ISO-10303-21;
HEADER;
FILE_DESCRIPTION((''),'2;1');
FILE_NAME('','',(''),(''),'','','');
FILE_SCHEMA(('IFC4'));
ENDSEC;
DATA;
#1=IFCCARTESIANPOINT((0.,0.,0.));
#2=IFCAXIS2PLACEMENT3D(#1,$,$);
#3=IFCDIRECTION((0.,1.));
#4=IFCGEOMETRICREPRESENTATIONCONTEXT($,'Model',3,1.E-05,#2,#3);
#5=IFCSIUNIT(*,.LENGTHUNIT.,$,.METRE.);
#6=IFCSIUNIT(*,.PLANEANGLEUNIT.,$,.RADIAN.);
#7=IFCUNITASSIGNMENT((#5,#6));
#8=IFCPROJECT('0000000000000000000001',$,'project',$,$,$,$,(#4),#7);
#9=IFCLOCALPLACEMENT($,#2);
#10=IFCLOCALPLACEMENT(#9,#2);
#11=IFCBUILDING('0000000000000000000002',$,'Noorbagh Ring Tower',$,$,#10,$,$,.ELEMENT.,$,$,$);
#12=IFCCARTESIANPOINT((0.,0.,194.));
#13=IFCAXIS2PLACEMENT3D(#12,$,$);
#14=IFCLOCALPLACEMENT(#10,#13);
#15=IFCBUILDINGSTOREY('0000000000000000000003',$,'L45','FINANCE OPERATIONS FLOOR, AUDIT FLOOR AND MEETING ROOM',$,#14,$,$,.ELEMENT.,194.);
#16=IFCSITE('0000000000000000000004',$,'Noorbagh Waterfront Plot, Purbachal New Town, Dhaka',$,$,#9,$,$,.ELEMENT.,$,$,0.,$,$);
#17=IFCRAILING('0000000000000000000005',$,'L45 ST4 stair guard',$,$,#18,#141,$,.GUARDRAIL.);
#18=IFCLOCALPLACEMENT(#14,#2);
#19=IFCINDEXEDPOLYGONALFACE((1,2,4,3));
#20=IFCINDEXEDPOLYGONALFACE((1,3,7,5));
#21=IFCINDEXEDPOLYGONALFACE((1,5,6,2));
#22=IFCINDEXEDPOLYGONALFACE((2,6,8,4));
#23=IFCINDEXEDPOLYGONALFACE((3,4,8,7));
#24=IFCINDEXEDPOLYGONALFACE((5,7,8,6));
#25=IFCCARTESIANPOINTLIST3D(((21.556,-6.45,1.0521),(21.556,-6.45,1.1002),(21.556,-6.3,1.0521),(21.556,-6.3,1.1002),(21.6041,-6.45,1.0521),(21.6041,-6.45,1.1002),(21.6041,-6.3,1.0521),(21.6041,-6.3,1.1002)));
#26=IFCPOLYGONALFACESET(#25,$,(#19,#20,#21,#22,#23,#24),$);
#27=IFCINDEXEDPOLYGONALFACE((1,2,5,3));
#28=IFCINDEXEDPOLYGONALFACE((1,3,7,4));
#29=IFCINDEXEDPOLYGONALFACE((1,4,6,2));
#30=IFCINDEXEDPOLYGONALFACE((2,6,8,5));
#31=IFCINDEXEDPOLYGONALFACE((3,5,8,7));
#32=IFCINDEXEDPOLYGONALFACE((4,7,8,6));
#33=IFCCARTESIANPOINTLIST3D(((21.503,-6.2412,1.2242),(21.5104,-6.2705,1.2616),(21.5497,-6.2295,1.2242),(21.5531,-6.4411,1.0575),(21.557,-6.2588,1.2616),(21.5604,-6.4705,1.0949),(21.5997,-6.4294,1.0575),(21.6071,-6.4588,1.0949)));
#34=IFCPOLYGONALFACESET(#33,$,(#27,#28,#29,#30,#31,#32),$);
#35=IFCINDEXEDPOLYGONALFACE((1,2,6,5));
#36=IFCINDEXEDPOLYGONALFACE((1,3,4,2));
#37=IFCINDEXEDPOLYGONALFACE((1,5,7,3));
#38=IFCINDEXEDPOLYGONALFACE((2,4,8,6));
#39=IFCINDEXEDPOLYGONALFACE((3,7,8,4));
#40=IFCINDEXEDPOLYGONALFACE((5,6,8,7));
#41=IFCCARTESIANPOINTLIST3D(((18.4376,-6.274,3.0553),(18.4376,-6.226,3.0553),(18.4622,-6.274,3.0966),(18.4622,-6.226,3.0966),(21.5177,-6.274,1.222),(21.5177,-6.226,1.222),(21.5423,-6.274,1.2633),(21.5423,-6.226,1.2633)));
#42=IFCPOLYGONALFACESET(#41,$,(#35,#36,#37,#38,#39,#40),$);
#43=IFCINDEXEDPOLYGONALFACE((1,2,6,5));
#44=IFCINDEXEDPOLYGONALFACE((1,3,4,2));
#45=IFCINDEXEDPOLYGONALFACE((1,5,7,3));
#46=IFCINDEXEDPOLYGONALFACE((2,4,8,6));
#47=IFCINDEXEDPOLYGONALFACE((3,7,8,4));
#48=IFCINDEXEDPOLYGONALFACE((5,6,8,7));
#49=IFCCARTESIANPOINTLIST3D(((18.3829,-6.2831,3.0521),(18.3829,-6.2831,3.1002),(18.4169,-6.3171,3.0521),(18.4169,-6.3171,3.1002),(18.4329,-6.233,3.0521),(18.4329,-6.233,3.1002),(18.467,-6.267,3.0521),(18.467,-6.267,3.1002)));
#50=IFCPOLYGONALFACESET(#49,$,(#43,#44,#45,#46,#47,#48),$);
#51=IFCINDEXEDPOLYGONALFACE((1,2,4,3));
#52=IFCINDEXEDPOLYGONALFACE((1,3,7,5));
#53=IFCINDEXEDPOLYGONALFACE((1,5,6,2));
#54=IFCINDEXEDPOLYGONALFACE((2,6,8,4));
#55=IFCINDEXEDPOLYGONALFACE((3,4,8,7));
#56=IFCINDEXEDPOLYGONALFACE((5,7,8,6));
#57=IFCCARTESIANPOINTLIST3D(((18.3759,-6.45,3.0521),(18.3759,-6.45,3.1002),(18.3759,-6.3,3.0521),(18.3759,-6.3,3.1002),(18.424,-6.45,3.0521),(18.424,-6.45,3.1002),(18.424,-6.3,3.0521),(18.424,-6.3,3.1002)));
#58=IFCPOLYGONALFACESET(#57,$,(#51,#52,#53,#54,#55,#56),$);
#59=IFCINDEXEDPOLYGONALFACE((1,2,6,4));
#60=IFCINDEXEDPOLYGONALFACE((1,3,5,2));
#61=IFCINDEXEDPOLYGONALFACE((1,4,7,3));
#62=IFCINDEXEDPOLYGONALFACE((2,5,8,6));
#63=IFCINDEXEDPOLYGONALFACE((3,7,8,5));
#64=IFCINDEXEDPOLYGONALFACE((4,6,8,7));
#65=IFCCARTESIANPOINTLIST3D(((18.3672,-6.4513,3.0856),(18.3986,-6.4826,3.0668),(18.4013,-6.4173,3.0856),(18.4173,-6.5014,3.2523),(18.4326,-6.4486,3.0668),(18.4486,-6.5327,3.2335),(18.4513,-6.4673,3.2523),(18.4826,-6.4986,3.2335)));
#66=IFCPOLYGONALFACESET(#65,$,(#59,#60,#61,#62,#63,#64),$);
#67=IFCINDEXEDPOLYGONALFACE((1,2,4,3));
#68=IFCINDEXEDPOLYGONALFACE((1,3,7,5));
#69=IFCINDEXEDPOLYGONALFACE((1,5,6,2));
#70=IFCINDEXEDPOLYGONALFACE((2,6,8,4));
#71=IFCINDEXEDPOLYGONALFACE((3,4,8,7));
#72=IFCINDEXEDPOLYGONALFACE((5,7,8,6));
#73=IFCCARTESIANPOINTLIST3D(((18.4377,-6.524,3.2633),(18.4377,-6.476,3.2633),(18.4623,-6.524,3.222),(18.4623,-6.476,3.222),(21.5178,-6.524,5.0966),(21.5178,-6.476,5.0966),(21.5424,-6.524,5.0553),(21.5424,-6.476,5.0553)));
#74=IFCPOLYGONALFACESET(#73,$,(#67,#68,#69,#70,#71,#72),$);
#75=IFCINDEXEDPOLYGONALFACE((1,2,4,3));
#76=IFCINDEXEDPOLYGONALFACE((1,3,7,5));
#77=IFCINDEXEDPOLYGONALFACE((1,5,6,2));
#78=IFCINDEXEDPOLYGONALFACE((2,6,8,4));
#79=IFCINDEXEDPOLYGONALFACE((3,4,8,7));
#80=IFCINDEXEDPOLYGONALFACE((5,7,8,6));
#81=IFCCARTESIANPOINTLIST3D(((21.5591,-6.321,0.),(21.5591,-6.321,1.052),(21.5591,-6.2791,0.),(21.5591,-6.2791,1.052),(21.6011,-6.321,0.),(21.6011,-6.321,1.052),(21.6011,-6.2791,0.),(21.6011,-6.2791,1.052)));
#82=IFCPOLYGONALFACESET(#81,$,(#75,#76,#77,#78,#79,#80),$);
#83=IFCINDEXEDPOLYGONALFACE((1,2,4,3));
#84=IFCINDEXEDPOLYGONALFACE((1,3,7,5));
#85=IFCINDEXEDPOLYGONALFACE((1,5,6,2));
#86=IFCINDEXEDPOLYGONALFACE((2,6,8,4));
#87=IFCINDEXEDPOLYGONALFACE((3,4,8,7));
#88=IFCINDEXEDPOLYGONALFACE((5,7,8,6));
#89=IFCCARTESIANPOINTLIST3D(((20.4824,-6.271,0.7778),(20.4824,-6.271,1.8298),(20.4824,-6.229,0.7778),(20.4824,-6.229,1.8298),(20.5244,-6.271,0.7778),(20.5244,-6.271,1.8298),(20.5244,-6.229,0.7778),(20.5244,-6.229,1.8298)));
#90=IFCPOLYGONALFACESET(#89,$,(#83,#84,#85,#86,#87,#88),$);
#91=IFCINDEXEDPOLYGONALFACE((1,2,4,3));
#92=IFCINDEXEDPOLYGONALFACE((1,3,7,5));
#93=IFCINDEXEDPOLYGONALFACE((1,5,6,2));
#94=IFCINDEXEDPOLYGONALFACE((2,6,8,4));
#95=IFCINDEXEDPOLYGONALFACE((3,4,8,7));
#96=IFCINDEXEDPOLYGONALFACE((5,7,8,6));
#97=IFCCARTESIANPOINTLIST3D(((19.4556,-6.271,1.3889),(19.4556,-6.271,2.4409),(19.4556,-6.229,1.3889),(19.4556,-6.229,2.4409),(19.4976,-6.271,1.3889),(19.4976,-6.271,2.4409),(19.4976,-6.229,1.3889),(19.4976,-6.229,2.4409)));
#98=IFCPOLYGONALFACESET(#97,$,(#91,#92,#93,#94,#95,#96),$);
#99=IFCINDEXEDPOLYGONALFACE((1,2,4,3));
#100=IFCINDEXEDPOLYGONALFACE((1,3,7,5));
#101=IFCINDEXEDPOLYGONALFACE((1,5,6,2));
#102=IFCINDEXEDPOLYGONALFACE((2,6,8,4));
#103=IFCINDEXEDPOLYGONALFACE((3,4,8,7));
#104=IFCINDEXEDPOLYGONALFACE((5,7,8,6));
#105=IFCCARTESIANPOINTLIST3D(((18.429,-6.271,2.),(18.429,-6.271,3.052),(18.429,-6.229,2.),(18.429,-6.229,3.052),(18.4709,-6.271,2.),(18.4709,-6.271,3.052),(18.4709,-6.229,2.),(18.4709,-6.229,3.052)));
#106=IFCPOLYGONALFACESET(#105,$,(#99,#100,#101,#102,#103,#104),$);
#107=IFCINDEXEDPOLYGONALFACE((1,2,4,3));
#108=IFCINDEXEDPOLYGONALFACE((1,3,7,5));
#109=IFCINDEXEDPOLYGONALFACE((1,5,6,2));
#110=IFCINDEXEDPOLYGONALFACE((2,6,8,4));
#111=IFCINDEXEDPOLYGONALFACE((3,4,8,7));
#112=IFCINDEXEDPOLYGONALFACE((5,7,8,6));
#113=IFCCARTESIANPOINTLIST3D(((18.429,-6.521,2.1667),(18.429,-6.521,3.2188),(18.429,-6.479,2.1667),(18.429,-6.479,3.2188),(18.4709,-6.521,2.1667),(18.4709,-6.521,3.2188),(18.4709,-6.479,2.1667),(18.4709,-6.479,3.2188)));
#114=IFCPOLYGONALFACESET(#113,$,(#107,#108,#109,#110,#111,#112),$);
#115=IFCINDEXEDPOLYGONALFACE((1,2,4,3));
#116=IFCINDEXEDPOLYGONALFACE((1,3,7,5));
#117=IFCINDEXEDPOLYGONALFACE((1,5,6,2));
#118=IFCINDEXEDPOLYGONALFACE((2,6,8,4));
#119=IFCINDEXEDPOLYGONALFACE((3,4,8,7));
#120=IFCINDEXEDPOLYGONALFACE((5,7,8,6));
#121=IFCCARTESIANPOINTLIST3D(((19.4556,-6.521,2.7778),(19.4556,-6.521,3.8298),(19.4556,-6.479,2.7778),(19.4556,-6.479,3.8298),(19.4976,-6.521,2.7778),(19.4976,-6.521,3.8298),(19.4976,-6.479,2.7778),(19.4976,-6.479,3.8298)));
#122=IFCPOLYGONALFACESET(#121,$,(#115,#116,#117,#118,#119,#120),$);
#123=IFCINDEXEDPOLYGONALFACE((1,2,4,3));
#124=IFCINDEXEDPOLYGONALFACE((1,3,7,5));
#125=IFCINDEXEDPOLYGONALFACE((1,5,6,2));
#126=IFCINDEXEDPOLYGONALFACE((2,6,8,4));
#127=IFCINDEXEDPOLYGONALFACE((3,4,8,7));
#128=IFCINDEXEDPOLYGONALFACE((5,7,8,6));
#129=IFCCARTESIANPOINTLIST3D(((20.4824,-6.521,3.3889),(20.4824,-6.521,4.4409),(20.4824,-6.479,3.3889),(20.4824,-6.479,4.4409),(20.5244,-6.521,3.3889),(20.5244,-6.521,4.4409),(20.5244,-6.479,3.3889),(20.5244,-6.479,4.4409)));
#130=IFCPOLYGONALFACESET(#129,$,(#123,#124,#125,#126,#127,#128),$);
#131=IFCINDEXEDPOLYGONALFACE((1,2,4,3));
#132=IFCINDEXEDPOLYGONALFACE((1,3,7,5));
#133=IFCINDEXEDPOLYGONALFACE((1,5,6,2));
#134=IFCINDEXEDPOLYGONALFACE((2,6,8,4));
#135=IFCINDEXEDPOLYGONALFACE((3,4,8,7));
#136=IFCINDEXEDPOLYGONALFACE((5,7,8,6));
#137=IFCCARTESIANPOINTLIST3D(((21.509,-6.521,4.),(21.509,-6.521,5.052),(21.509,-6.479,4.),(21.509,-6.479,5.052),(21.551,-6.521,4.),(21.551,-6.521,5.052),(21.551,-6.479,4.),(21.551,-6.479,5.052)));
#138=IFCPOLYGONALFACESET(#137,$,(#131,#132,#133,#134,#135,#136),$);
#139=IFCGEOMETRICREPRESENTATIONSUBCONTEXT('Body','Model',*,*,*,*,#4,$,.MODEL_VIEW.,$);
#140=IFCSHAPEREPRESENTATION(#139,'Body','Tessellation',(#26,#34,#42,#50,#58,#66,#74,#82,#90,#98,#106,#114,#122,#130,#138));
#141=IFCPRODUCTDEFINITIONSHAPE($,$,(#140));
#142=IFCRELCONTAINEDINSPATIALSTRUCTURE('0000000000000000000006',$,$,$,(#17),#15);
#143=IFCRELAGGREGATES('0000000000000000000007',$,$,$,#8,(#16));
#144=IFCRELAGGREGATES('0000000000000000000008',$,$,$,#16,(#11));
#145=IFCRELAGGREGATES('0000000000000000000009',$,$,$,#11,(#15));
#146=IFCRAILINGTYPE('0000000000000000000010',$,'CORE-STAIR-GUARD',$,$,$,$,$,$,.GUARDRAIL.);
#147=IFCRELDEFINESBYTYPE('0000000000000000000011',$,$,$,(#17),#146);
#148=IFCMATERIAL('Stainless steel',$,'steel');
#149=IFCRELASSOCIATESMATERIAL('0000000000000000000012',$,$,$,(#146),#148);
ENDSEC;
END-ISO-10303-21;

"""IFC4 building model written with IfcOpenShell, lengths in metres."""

from ifc_helpers import new_model, si_unit, direction, frame, origin, origin_2d, place, context, subcontext, project, spatial, rectangle, extrude, material, type_object, element, save


model = new_model("IFC4")

# Units and contexts
model_context = context("Model", 3, precision=1e-05, world=origin(), true_north=direction((0.0, 1.0)))
body_context = subcontext(model_context, "Body", "Model", "MODEL_VIEW")
ifc_project = project(units=[si_unit("LENGTHUNIT", "METRE"), si_unit("PLANEANGLEUNIT", "RADIAN")], contexts=[model_context])

# Site, building, storey
site_placement = place(None, origin())
site = spatial("IfcSite", under=ifc_project, at=site_placement, Name="Noorbagh Waterfront Plot, Purbachal New Town, Dhaka", CompositionType="ELEMENT", RefElevation=0.0)
building_placement = place(site_placement, origin())
building = spatial("IfcBuilding", under=site, at=building_placement, Name="Noorbagh Ring Tower", CompositionType="ELEMENT")
storey_placement = place(building_placement, frame((0.0, 0.0, 194.0)))
storey = spatial("IfcBuildingStorey", under=building, at=storey_placement, Name="L45", Description="FINANCE OPERATIONS FLOOR, AUDIT FLOOR AND MEETING ROOM", CompositionType="ELEMENT", Elevation=194.0)

# Railing
ifc_material_1 = material(Name="Stainless steel", Category="steel")
railing_type_1 = type_object("IfcRailingType", Name="CORE-STAIR-GUARD", PredefinedType="GUARDRAIL", material=ifc_material_1)
railing_1_placement = place(storey_placement, frame((21.5801, -6.3, 0.0)))
element("IfcRailing", 1, at=railing_1_placement, inside=storey, type_object=railing_type_1, Name="L45 ST4 stair guard", PredefinedType="GUARDRAIL", context=body_context, shape_type="SweptSolid", body=[
    extrude(rectangle(XDim=0.0481, YDim=0.0481, at=origin_2d()), frame((0.0, 0.0, 1.0762), z_axis=(0.0, -1.0, 0.0), x_axis=(1.0, 0.0, 0.0)), (0.0, 0.0, 1.0), 0.1499),
    extrude(rectangle(XDim=0.0481, YDim=0.0481, at=origin_2d()), frame((0.0, -0.1499, 1.0762), z_axis=(-0.188776, 0.754182, 0.628946), x_axis=(-0.970073, -0.242814, 0.0)), (0.0, 0.0, 1.0), 0.2651),
    extrude(rectangle(XDim=0.0481, YDim=0.0481, at=origin_2d()), frame((-0.05, 0.05, 1.2427), z_axis=(-0.859309, 0.0, 0.511458), x_axis=(0.0, -1.0, 0.0)), (0.0, 0.0, 1.0), 3.5845),
    extrude(rectangle(XDim=0.0481, YDim=0.0481, at=origin_2d()), frame((-3.1301, 0.05, 3.0762), z_axis=(-0.707107, -0.707107, 0.0), x_axis=(0.707107, -0.707107, 0.0)), (0.0, 0.0, 1.0), 0.0708),
    extrude(rectangle(XDim=0.0481, YDim=0.0481, at=origin_2d()), frame((-3.1802, 0.0, 3.0762), z_axis=(0.0, -1.0, 0.0), x_axis=(1.0, 0.0, 0.0)), (0.0, 0.0, 1.0), 0.1499),
    extrude(rectangle(XDim=0.0481, YDim=0.0481, at=origin_2d()), frame((-3.1802, -0.1499, 3.0762), z_axis=(0.276287, -0.276287, 0.920506), x_axis=(0.707107, 0.707107, 0.0)), (0.0, 0.0, 1.0), 0.1812),
    extrude(rectangle(XDim=0.0481, YDim=0.0481, at=origin_2d()), frame((-3.1301, -0.2, 3.2427), z_axis=(0.859309, 0.0, 0.511458), x_axis=(0.0, 1.0, 0.0)), (0.0, 0.0, 1.0), 3.5845),
    extrude(rectangle(XDim=0.042, YDim=0.042, at=origin_2d()), origin(), (0.0, 0.0, 1.0), 1.052),
    extrude(rectangle(XDim=0.042, YDim=0.042, at=origin_2d()), frame((-1.0767, 0.05, 0.7778)), (0.0, 0.0, 1.0), 1.052),
    extrude(rectangle(XDim=0.042, YDim=0.042, at=origin_2d()), frame((-2.1035, 0.05, 1.3889)), (0.0, 0.0, 1.0), 1.052),
    extrude(rectangle(XDim=0.042, YDim=0.042, at=origin_2d()), frame((-3.1301, 0.05, 2.0)), (0.0, 0.0, 1.0), 1.052),
    extrude(rectangle(XDim=0.042, YDim=0.042, at=origin_2d()), frame((-3.1301, -0.2, 2.1667)), (0.0, 0.0, 1.0), 1.052),
    extrude(rectangle(XDim=0.042, YDim=0.042, at=origin_2d()), frame((-2.1035, -0.2, 2.7778)), (0.0, 0.0, 1.0), 1.052),
    extrude(rectangle(XDim=0.042, YDim=0.042, at=origin_2d()), frame((-1.0767, -0.2, 3.3889)), (0.0, 0.0, 1.0), 1.052),
    extrude(rectangle(XDim=0.042, YDim=0.042, at=origin_2d()), frame((-0.05, -0.2, 4.0)), (0.0, 0.0, 1.0), 1.052),
])

save(model, "model.ifc")
